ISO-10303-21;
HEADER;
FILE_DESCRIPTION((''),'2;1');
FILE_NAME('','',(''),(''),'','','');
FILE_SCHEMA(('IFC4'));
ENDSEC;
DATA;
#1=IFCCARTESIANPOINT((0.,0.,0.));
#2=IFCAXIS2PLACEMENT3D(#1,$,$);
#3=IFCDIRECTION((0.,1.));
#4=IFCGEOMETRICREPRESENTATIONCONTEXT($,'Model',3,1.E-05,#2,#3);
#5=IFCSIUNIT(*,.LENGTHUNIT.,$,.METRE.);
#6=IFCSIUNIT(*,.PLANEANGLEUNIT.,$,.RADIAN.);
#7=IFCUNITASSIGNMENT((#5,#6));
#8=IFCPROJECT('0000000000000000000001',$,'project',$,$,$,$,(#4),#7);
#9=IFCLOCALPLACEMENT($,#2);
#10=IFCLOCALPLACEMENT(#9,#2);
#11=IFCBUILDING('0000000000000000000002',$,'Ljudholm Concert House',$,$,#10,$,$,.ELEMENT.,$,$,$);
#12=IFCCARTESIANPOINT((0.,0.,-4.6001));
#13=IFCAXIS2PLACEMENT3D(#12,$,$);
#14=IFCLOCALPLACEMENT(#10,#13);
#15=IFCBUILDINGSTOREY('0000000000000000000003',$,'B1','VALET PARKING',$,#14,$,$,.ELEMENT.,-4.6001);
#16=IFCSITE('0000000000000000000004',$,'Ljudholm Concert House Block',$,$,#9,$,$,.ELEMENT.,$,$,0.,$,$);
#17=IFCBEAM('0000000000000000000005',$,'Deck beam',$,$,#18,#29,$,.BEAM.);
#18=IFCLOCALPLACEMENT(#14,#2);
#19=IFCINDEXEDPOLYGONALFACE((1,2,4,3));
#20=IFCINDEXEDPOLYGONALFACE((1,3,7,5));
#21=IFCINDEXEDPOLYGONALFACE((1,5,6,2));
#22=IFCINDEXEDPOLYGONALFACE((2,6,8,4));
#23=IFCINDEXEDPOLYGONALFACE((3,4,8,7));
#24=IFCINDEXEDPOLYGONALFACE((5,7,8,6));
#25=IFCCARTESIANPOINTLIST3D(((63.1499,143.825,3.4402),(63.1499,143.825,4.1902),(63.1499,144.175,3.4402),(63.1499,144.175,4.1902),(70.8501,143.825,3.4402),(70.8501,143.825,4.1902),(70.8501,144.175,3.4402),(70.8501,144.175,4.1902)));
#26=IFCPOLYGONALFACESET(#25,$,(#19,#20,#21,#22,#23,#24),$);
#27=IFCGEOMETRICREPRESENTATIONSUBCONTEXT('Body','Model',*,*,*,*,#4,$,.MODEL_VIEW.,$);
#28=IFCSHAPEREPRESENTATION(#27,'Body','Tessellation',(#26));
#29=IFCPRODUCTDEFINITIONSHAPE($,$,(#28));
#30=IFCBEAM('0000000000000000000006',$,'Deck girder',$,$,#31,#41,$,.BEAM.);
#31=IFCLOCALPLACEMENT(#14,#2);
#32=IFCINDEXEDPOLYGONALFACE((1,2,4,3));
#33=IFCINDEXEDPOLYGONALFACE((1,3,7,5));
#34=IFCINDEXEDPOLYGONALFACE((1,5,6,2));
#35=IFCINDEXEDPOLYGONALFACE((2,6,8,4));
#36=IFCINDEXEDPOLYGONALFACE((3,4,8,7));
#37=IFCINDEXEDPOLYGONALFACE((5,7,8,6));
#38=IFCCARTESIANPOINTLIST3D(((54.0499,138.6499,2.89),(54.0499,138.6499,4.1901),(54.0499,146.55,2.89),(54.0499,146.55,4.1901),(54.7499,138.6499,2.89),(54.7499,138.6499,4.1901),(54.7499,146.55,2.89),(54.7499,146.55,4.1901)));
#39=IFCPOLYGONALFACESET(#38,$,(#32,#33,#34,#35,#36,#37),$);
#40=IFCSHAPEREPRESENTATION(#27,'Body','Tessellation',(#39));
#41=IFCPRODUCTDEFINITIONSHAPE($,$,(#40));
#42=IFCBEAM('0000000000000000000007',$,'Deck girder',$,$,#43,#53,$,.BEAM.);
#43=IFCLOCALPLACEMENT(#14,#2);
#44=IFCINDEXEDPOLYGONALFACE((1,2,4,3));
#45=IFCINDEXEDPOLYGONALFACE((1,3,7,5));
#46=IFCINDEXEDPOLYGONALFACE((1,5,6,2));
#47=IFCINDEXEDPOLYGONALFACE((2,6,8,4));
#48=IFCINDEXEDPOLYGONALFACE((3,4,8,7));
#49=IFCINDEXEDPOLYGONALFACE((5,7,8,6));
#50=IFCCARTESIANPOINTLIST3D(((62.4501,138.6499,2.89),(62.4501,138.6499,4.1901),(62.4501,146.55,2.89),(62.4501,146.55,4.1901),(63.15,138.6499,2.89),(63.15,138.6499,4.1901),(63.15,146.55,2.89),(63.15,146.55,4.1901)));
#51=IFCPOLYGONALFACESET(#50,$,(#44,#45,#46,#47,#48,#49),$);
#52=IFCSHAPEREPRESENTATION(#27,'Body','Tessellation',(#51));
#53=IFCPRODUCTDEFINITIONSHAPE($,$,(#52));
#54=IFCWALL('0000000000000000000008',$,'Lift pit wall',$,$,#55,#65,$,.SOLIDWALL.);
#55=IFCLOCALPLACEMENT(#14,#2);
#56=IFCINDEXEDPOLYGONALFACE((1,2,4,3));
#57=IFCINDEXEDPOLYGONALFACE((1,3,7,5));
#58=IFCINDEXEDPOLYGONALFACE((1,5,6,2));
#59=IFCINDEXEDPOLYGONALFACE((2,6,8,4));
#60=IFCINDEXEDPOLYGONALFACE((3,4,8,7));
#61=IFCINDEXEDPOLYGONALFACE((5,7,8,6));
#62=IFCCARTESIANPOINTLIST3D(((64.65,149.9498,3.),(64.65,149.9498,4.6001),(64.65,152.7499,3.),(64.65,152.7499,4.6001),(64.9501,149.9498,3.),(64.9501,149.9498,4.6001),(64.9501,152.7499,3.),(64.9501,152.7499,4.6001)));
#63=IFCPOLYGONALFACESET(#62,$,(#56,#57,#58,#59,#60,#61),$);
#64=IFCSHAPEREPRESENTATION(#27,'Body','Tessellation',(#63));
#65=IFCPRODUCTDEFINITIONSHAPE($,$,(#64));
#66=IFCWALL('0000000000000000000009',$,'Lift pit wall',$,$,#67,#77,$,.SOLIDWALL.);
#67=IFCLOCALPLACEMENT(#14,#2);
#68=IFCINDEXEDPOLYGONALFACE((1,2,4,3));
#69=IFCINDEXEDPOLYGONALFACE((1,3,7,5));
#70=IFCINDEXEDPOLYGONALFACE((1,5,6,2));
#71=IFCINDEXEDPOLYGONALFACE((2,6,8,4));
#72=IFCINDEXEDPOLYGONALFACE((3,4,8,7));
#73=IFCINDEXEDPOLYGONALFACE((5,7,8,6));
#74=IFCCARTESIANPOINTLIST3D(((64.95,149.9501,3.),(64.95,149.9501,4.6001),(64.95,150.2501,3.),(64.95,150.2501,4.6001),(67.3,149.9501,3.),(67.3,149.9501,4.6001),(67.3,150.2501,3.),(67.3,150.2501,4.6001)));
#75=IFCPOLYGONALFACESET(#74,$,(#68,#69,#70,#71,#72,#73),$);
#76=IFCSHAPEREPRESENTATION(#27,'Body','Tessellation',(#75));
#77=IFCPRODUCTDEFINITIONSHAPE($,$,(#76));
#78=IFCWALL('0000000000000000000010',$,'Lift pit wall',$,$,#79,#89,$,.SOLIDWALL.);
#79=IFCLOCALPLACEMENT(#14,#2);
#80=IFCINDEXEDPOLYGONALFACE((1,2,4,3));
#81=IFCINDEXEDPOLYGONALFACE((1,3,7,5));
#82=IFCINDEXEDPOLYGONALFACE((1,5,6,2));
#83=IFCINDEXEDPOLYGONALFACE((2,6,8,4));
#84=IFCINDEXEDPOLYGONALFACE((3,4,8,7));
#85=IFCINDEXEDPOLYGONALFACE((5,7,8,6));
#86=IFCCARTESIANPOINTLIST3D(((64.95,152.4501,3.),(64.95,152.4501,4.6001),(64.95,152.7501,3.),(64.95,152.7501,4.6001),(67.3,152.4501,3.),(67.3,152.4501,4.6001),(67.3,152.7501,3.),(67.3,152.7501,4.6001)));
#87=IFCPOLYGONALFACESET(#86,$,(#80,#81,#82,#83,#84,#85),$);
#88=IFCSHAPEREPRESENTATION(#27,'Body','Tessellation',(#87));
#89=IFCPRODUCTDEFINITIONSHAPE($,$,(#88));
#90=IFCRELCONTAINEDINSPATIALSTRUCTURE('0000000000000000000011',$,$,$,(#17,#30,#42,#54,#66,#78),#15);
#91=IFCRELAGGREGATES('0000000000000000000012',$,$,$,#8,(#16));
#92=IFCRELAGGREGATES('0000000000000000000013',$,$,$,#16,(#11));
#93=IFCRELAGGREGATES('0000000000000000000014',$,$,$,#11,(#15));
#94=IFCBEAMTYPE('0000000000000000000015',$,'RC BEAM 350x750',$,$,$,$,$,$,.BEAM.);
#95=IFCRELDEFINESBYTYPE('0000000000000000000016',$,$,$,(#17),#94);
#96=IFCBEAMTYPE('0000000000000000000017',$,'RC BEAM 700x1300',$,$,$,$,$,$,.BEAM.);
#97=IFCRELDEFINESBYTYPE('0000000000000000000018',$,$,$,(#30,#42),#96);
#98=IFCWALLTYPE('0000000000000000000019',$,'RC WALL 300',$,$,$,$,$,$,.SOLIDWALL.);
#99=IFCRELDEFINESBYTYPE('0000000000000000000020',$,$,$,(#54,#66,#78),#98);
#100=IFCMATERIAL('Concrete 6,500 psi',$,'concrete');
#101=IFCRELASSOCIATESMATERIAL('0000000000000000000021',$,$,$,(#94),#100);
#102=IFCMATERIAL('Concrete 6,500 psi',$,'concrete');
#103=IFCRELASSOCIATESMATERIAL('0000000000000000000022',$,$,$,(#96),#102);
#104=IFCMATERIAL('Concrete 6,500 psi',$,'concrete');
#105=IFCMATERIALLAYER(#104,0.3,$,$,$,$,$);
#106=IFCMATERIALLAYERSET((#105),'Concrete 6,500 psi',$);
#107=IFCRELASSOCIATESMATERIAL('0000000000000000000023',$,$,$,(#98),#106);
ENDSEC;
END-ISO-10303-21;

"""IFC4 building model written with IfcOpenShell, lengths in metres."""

from ifc_helpers import new_model, si_unit, direction, frame, frame_2d, origin, origin_2d, place, context, subcontext, project, spatial, rectangle, extrude, material, layer, layer_set, material_profile, profile_set, type_object, element, save


model = new_model("IFC4")

# Units and contexts
model_context = context("Model", 3, precision=1e-05, world=origin(), true_north=direction((0.0, 1.0)))
body_context = subcontext(model_context, "Body", "Model", "MODEL_VIEW")
ifc_project = project(units=[si_unit("LENGTHUNIT", "METRE"), si_unit("PLANEANGLEUNIT", "RADIAN")], contexts=[model_context])

# Site, building, storey
site_placement = place(None, origin())
site = spatial("IfcSite", under=ifc_project, at=site_placement, Name="Ljudholm Concert House Block", CompositionType="ELEMENT", RefElevation=0.0)
building_placement = place(site_placement, origin())
building = spatial("IfcBuilding", under=site, at=building_placement, Name="Ljudholm Concert House", CompositionType="ELEMENT")
storey_placement = place(building_placement, frame((0.0, 0.0, -4.6001)))
storey = spatial("IfcBuildingStorey", under=building, at=storey_placement, Name="B1", Description="VALET PARKING", CompositionType="ELEMENT", Elevation=-4.6001)

# Beams
ifc_material_1 = material(Name="Concrete 6,500 psi", Category="concrete")
ifc_material_profile_1 = material_profile(ifc_material_1, rectangle(XDim=0.3501, YDim=0.75, at=origin_2d()), Name="RC BEAM 350x750")
ifc_profile_set_1 = profile_set([ifc_material_profile_1], Name="Concrete 6,500 psi")
beam_type_1 = type_object("IfcBeamType", Name="RC BEAM 350x750", PredefinedType="BEAM", material=ifc_profile_set_1)
beam_1_placement = place(storey_placement, frame((63.1499, 144.0, 3.8152), z_axis=(1.0, 0.0, 0.0), x_axis=(0.0, 1.0, 0.0)))
element("IfcBeam", 1, at=beam_1_placement, inside=storey, type_object=beam_type_1, Name="Deck beam", PredefinedType="BEAM", context=body_context, shape_type="SweptSolid", body=[
    extrude(rectangle(XDim=0.3501, YDim=0.75, at=origin_2d()), origin(), (0.0, 0.0, 1.0), 7.7002),
])
ifc_material_2 = material(Name="Concrete 6,500 psi", Category="concrete")
ifc_material_profile_2 = material_profile(ifc_material_2, rectangle(XDim=0.7, YDim=1.3, at=origin_2d()), Name="RC BEAM 700x1300")
ifc_profile_set_2 = profile_set([ifc_material_profile_2], Name="Concrete 6,500 psi")
beam_type_2 = type_object("IfcBeamType", Name="RC BEAM 700x1300", PredefinedType="BEAM", material=ifc_profile_set_2)
for number, where, z_axis, x_axis, name in (
    (2, (54.3999, 138.6499, 3.54), (0.0, 1.0, 0.0), (-1.0, 0.0, 0.0), "Deck girder"),
    (3, (62.8, 138.6499, 3.54), (0.0, 1.0, 0.0), (-1.0, 0.0, 0.0), "Deck girder"),
):
    element("IfcBeam", number, at=place(storey_placement, frame(where, z_axis=z_axis, x_axis=x_axis)), inside=storey, type_object=beam_type_2, Name=name, PredefinedType="BEAM", context=body_context, shape_type="SweptSolid", body=[
        extrude(rectangle(XDim=0.7, YDim=1.3, at=origin_2d()), origin(), (0.0, 0.0, 1.0), 7.9001),
    ])

# Walls
ifc_material_3 = material(Name="Concrete 6,500 psi", Category="concrete")
ifc_layer = layer(ifc_material_3, 0.3)
ifc_layer_set = layer_set([ifc_layer], Name="Concrete 6,500 psi")
wall_type = type_object("IfcWallType", Name="RC WALL 300", PredefinedType="SOLIDWALL", material=ifc_layer_set)
wall_placement = place(storey_placement, frame((64.8, 149.95, 3.0), z_axis=(0.0, 0.0, 1.0), x_axis=(0.0, 1.0, 0.0)))
element("IfcWall", 4, at=wall_placement, inside=storey, type_object=wall_type, Name="Lift pit wall", PredefinedType="SOLIDWALL", context=body_context, shape_type="SweptSolid", body=[
    extrude(rectangle(XDim=2.8, YDim=0.3, at=frame_2d((1.3999, 0.0))), origin(), (0.0, 0.0, 1.0), 1.6001),
])
for number, where, z_axis, x_axis, name in (
    (5, (64.95, 150.1001, 3.0), (0.0, 0.0, 1.0), (1.0, 0.0, 0.0), "Lift pit wall"),
    (6, (64.95, 152.6001, 3.0), (0.0, 0.0, 1.0), (1.0, 0.0, 0.0), "Lift pit wall"),
):
    element("IfcWall", number, at=place(storey_placement, frame(where, z_axis=z_axis, x_axis=x_axis)), inside=storey, type_object=wall_type, Name=name, PredefinedType="SOLIDWALL", context=body_context, shape_type="SweptSolid", body=[
        extrude(rectangle(XDim=2.3501, YDim=0.3, at=frame_2d((1.175, 0.0))), origin(), (0.0, 0.0, 1.0), 1.6001),
    ])

save(model, "model.ifc")
